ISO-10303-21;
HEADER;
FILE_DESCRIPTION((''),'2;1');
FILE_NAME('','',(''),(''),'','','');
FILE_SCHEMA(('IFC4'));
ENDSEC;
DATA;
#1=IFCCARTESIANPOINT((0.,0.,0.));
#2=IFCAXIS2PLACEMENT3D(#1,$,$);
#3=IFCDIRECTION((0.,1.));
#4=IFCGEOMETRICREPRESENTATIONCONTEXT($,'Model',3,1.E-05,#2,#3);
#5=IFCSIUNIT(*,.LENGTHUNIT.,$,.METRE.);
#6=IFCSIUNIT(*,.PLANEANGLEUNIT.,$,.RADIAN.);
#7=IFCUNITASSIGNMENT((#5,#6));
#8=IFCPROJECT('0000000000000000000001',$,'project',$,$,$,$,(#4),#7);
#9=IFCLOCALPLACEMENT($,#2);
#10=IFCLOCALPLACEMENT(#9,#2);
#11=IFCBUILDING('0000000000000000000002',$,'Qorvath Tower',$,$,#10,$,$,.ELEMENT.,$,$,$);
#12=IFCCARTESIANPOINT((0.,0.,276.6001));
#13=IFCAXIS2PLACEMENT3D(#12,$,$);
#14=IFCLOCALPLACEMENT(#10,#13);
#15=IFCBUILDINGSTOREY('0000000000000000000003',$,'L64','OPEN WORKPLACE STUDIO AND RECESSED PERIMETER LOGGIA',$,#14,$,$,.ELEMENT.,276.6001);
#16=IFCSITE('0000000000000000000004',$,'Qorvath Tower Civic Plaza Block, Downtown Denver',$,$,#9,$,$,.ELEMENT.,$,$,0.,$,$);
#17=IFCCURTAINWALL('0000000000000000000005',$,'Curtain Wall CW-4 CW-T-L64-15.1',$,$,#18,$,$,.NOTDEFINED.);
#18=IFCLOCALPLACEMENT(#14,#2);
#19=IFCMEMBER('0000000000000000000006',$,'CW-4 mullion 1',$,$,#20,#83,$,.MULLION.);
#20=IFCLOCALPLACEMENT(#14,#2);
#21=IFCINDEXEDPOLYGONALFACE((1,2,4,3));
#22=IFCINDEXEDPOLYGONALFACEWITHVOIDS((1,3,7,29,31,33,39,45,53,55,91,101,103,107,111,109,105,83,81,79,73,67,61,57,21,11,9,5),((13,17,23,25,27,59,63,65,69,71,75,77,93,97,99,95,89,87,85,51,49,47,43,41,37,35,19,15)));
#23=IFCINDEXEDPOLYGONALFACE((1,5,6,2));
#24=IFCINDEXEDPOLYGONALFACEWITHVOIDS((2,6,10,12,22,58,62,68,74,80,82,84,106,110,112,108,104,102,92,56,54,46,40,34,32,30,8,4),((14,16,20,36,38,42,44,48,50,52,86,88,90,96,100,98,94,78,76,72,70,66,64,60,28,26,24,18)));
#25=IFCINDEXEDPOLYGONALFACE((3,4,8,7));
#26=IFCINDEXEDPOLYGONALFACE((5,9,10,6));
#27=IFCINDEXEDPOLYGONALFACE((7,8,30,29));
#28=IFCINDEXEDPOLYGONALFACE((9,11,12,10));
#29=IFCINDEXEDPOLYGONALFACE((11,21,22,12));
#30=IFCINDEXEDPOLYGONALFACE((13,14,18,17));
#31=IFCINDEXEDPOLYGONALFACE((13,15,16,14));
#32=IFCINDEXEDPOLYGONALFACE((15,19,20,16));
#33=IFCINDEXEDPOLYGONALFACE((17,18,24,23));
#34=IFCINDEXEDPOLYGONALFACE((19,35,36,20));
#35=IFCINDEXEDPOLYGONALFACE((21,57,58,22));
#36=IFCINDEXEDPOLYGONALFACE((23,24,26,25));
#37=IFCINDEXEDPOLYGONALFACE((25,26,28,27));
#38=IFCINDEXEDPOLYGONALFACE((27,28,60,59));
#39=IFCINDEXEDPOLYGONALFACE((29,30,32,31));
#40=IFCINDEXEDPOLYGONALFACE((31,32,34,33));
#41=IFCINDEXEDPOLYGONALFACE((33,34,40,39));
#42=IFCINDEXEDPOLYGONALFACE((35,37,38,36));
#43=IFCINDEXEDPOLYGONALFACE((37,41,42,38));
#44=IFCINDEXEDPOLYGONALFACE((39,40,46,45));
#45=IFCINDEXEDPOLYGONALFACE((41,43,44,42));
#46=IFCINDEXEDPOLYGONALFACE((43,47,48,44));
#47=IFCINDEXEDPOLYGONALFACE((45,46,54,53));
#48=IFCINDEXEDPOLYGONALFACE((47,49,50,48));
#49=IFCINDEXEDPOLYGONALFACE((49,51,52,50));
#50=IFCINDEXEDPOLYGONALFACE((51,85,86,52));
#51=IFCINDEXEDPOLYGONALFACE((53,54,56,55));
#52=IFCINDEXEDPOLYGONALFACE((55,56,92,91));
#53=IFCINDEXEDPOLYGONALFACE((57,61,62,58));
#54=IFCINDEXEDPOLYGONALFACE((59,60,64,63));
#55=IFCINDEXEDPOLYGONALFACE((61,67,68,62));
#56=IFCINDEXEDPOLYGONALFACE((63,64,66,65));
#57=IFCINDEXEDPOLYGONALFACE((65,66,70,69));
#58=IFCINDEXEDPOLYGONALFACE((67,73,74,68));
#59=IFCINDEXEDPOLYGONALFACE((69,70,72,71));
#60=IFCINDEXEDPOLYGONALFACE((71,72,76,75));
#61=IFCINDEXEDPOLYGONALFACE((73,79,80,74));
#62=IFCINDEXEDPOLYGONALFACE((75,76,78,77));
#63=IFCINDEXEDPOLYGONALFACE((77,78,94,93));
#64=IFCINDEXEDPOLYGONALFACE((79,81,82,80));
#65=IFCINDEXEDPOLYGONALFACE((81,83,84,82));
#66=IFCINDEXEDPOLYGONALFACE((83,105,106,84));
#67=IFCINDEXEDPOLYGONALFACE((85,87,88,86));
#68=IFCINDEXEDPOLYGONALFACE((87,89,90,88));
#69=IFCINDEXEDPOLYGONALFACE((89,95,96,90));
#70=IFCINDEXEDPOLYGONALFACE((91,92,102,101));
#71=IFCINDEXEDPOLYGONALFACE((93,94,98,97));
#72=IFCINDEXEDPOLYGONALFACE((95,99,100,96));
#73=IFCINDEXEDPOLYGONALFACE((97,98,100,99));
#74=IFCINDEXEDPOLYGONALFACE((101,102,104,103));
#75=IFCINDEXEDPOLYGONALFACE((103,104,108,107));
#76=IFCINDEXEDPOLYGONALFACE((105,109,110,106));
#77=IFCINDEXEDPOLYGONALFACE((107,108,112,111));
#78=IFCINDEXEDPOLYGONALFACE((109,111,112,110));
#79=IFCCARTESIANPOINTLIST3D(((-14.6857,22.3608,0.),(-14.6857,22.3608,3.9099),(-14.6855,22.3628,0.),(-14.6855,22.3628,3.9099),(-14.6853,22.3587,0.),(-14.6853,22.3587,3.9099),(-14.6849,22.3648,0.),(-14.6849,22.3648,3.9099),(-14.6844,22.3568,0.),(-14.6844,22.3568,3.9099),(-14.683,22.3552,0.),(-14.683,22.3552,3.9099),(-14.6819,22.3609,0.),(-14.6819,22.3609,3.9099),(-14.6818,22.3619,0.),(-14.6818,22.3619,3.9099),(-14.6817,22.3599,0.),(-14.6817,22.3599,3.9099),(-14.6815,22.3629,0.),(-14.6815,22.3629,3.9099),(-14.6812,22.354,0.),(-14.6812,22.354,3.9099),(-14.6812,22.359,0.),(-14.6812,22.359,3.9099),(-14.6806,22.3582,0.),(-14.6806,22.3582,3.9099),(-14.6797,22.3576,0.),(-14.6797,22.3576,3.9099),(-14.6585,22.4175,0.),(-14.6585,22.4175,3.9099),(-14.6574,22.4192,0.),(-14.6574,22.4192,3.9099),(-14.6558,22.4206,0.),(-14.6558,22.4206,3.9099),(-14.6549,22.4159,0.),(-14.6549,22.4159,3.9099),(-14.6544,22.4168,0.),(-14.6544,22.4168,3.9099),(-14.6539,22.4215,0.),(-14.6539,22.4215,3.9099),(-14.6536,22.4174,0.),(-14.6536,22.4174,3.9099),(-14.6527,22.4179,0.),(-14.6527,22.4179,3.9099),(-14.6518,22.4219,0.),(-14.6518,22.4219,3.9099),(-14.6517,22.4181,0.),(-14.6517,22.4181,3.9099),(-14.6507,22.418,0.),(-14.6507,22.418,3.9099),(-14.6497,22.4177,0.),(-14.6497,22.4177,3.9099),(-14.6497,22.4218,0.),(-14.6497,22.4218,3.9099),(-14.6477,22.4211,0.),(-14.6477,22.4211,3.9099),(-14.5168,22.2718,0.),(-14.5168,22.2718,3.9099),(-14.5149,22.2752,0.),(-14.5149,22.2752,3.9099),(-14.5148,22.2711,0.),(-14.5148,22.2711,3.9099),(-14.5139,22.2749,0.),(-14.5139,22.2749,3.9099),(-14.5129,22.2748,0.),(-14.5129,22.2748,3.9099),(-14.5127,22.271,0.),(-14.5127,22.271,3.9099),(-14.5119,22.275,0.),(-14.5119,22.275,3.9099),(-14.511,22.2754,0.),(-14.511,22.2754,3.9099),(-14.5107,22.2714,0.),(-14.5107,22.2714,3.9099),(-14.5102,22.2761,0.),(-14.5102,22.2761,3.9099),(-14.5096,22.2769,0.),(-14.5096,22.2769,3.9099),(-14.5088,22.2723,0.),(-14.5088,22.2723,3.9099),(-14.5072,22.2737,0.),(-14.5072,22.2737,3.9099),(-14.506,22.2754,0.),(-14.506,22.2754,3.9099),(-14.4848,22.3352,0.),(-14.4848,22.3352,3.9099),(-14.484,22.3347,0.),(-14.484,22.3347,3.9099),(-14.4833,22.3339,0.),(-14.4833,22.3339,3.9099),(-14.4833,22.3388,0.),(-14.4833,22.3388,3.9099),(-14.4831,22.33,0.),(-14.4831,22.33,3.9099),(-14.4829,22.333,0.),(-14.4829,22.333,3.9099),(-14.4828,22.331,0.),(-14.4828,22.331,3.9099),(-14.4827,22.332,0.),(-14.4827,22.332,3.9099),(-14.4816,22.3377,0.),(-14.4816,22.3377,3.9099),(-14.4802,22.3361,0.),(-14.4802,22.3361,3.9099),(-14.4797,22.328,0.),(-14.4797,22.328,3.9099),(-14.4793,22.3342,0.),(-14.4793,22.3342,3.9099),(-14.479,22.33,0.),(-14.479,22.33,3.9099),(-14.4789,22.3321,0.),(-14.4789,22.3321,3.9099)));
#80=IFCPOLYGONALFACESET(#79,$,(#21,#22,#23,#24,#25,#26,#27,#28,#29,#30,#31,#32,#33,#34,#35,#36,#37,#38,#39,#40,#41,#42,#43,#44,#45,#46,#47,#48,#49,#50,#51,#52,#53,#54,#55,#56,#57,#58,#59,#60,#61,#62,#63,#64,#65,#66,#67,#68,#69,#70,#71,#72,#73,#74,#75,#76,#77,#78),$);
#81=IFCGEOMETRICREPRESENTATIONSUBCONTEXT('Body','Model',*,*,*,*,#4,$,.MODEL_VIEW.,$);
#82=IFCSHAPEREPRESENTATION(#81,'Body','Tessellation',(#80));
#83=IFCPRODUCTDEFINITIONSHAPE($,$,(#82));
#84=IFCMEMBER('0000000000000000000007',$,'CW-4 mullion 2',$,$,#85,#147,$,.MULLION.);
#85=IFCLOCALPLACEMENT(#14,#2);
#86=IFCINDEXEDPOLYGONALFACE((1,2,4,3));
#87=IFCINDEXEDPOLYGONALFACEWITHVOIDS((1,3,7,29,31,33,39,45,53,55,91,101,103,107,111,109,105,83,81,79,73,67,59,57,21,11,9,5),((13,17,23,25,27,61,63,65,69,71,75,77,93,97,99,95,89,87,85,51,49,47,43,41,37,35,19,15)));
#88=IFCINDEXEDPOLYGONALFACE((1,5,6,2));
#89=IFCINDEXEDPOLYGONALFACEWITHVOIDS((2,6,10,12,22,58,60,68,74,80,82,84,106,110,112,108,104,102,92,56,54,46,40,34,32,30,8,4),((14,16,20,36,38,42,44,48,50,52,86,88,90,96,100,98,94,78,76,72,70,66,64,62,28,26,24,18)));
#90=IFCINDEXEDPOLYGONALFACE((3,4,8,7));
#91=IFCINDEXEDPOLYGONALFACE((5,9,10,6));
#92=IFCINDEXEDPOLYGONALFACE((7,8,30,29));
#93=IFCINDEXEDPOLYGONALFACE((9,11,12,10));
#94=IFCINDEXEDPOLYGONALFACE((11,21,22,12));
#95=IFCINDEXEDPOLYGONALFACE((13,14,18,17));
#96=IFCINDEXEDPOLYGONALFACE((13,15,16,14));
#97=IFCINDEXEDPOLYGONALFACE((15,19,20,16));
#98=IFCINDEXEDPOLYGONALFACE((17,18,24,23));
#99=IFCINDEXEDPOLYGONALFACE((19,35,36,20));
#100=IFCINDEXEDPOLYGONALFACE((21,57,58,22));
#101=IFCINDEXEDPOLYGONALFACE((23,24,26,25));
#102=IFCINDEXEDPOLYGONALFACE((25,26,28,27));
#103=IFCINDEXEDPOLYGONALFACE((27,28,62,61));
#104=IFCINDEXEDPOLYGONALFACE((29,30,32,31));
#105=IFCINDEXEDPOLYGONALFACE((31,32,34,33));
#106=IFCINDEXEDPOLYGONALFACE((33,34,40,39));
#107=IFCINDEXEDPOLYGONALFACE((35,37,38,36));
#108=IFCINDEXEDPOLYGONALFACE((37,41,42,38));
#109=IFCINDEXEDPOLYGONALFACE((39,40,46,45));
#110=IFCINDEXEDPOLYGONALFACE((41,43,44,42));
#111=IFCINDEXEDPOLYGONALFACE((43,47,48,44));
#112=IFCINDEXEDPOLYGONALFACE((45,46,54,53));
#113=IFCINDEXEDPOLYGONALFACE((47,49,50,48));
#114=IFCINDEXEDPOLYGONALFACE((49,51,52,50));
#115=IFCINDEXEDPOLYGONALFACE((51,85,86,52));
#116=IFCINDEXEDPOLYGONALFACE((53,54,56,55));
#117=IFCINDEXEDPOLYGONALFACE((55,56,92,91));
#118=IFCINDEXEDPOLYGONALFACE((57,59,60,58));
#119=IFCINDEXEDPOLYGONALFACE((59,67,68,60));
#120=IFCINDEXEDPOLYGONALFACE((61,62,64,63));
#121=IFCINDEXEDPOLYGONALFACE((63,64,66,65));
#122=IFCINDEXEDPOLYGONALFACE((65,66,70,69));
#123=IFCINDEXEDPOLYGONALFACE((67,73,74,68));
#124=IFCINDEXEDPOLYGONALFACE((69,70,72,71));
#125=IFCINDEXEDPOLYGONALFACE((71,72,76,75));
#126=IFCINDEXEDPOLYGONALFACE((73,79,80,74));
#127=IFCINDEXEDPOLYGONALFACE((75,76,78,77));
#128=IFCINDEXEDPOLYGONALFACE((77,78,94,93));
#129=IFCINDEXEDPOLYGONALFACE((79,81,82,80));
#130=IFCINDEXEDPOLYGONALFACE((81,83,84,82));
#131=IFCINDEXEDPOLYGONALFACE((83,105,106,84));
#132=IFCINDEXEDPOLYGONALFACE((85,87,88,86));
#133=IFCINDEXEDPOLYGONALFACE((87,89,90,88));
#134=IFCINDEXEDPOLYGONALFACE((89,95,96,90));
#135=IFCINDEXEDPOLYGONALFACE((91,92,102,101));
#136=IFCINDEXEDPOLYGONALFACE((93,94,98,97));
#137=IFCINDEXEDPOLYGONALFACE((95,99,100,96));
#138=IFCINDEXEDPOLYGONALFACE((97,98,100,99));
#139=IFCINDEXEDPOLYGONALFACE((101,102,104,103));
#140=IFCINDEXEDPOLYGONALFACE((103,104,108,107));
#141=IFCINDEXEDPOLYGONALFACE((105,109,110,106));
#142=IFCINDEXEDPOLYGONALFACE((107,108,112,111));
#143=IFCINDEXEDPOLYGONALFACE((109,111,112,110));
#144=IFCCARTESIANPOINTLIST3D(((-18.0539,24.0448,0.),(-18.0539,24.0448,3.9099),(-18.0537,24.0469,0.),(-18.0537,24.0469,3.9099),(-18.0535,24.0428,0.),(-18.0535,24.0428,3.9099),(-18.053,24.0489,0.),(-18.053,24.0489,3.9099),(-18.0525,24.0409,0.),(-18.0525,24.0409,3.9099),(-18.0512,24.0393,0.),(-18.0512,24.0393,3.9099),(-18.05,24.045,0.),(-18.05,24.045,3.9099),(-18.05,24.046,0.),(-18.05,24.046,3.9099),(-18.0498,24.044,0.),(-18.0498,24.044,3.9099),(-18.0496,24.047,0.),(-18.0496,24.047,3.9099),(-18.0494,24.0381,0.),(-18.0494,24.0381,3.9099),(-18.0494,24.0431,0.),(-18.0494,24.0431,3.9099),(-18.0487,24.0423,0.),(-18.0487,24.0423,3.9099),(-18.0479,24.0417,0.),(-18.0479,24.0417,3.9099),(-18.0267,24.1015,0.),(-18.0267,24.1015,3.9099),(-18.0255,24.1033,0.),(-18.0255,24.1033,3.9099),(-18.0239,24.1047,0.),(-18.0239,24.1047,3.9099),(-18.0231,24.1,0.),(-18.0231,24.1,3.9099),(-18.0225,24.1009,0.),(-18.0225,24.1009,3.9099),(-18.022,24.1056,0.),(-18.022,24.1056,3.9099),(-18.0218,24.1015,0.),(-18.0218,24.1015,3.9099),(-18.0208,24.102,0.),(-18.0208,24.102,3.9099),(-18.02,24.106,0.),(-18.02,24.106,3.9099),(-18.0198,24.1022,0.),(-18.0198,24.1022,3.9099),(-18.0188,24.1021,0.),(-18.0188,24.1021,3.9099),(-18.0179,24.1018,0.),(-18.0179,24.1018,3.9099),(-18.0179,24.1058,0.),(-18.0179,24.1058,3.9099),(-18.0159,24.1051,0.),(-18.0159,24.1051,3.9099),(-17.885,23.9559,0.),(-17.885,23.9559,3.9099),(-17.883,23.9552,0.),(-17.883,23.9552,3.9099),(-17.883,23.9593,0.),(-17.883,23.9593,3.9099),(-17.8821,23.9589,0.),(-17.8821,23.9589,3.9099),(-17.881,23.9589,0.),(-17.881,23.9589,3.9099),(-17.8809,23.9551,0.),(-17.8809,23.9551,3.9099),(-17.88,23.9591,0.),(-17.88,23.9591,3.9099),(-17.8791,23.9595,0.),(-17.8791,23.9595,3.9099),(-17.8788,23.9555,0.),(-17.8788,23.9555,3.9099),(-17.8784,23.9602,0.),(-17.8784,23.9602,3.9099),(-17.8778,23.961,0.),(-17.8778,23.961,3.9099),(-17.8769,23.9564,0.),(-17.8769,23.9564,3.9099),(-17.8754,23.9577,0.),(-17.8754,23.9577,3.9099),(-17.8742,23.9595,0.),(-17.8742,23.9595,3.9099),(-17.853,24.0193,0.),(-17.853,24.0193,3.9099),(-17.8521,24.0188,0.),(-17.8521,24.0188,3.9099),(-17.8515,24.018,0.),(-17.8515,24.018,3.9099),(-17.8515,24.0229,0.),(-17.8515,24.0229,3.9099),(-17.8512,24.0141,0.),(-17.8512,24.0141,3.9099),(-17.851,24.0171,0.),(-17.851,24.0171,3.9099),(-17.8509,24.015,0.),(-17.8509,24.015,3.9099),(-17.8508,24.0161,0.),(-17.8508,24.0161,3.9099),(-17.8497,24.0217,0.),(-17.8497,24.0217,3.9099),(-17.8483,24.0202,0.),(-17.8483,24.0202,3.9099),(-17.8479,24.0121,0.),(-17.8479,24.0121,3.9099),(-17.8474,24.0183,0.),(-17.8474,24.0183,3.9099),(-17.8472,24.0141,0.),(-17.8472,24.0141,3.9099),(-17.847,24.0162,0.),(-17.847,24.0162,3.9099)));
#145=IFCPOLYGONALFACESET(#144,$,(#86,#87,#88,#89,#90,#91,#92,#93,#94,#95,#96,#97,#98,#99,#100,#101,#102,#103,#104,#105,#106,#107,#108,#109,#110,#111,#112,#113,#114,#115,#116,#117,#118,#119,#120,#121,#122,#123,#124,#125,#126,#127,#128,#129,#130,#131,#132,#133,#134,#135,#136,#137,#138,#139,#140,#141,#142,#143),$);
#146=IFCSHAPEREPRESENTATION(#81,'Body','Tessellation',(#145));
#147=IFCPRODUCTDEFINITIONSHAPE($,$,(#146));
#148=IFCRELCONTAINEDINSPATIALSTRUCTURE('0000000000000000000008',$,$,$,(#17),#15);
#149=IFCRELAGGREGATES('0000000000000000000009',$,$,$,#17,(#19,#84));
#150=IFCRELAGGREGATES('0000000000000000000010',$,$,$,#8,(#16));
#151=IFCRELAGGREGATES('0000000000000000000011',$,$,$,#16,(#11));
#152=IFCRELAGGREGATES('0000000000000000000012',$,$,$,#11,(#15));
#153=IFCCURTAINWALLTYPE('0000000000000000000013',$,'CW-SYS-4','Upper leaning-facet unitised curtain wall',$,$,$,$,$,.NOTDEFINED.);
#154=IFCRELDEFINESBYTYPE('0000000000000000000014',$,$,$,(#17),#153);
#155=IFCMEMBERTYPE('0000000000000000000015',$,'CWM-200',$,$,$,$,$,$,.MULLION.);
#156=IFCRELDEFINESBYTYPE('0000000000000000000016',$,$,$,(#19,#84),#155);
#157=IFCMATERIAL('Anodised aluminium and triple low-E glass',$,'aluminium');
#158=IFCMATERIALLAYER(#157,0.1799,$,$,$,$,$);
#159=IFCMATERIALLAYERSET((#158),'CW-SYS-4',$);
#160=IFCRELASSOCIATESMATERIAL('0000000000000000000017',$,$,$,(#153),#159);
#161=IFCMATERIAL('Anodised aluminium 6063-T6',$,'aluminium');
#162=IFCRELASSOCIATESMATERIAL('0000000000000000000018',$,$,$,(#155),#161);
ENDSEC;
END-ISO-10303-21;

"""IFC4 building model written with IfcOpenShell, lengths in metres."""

from ifc_helpers import new_model, si_unit, direction, frame, origin, origin_2d, place, context, subcontext, project, spatial, hollow_rectangle, extrude, material, layer, layer_set, material_profile, profile_set, type_object, element, aggregate, save


model = new_model("IFC4")

# Units and contexts
model_context = context("Model", 3, precision=1e-05, world=origin(), true_north=direction((0.0, 1.0)))
body_context = subcontext(model_context, "Body", "Model", "MODEL_VIEW")
ifc_project = project(units=[si_unit("LENGTHUNIT", "METRE"), si_unit("PLANEANGLEUNIT", "RADIAN")], contexts=[model_context])

# Site, building, storey
site_placement = place(None, origin())
site = spatial("IfcSite", under=ifc_project, at=site_placement, Name="Qorvath Tower Civic Plaza Block, Downtown Denver", CompositionType="ELEMENT", RefElevation=0.0)
building_placement = place(site_placement, origin())
building = spatial("IfcBuilding", under=site, at=building_placement, Name="Qorvath Tower", CompositionType="ELEMENT")
storey_placement = place(building_placement, frame((0.0, 0.0, 276.6001)))
storey = spatial("IfcBuildingStorey", under=building, at=storey_placement, Name="L64", Description="OPEN WORKPLACE STUDIO AND RECESSED PERIMETER LOGGIA", CompositionType="ELEMENT", Elevation=276.6001)

# Shared definitions
ifc_material_1 = material(Name="Anodised aluminium and triple low-E glass", Category="aluminium")
ifc_layer_1 = layer(ifc_material_1, 0.1799)
ifc_layer_set_1 = layer_set([ifc_layer_1], Name="CW-SYS-4")
curtain_wall_type = type_object("IfcCurtainWallType", Name="CW-SYS-4", Description="Upper leaning-facet unitised curtain wall", PredefinedType="NOTDEFINED", material=ifc_layer_set_1)
ifc_material_2 = material(Name="Anodised aluminium 6063-T6", Category="aluminium")
ifc_material_profile_1 = material_profile(ifc_material_2, hollow_rectangle(XDim=0.075, YDim=0.2, WallThickness=0.0039, InnerFilletRadius=0.0039, OuterFilletRadius=0.0081, at=origin_2d()), Name="CWM 200x75")
ifc_profile_set_1 = profile_set([ifc_material_profile_1], Name="Anodised aluminium 6063-T6")
member_type_1 = type_object("IfcMemberType", Name="CWM-200", PredefinedType="MULLION", material=ifc_profile_set_1)

# Curtain wall, members
curtain_wall_1_placement = place(storey_placement, origin())
curtain_wall_1 = element("IfcCurtainWall", 1, at=curtain_wall_1_placement, inside=storey, type_object=curtain_wall_type, Name="Curtain Wall CW-4 CW-T-L64-15.1", PredefinedType="NOTDEFINED")
member_1_placement = place(storey_placement, frame((-14.5823, 22.3464, 0.0), z_axis=(0.0, 0.0, 1.0), x_axis=(-0.447245, -0.894412, 0.0)))
member_1 = element("IfcMember", 2, at=member_1_placement, type_object=member_type_1, Name="CW-4 mullion 1", PredefinedType="MULLION", context=body_context, shape_type="SweptSolid", body=[
    extrude(hollow_rectangle(XDim=0.075, YDim=0.2, WallThickness=0.0039, InnerFilletRadius=0.0039, OuterFilletRadius=0.0081, at=origin_2d()), origin(), (0.0, 0.0, 1.0), 3.9099),
])
member_2_placement = place(storey_placement, frame((-17.9504, 24.0305, 0.0), z_axis=(0.0, 0.0, 1.0), x_axis=(-0.447245, -0.894412, 0.0)))
member_2 = element("IfcMember", 3, at=member_2_placement, type_object=member_type_1, Name="CW-4 mullion 2", PredefinedType="MULLION", context=body_context, shape_type="SweptSolid", body=[
    extrude(hollow_rectangle(XDim=0.075, YDim=0.2, WallThickness=0.0039, InnerFilletRadius=0.0039, OuterFilletRadius=0.0081, at=origin_2d()), origin(), (0.0, 0.0, 1.0), 3.9099),
])

aggregate(curtain_wall_1, [member_1, member_2])

save(model, "model.ifc")
